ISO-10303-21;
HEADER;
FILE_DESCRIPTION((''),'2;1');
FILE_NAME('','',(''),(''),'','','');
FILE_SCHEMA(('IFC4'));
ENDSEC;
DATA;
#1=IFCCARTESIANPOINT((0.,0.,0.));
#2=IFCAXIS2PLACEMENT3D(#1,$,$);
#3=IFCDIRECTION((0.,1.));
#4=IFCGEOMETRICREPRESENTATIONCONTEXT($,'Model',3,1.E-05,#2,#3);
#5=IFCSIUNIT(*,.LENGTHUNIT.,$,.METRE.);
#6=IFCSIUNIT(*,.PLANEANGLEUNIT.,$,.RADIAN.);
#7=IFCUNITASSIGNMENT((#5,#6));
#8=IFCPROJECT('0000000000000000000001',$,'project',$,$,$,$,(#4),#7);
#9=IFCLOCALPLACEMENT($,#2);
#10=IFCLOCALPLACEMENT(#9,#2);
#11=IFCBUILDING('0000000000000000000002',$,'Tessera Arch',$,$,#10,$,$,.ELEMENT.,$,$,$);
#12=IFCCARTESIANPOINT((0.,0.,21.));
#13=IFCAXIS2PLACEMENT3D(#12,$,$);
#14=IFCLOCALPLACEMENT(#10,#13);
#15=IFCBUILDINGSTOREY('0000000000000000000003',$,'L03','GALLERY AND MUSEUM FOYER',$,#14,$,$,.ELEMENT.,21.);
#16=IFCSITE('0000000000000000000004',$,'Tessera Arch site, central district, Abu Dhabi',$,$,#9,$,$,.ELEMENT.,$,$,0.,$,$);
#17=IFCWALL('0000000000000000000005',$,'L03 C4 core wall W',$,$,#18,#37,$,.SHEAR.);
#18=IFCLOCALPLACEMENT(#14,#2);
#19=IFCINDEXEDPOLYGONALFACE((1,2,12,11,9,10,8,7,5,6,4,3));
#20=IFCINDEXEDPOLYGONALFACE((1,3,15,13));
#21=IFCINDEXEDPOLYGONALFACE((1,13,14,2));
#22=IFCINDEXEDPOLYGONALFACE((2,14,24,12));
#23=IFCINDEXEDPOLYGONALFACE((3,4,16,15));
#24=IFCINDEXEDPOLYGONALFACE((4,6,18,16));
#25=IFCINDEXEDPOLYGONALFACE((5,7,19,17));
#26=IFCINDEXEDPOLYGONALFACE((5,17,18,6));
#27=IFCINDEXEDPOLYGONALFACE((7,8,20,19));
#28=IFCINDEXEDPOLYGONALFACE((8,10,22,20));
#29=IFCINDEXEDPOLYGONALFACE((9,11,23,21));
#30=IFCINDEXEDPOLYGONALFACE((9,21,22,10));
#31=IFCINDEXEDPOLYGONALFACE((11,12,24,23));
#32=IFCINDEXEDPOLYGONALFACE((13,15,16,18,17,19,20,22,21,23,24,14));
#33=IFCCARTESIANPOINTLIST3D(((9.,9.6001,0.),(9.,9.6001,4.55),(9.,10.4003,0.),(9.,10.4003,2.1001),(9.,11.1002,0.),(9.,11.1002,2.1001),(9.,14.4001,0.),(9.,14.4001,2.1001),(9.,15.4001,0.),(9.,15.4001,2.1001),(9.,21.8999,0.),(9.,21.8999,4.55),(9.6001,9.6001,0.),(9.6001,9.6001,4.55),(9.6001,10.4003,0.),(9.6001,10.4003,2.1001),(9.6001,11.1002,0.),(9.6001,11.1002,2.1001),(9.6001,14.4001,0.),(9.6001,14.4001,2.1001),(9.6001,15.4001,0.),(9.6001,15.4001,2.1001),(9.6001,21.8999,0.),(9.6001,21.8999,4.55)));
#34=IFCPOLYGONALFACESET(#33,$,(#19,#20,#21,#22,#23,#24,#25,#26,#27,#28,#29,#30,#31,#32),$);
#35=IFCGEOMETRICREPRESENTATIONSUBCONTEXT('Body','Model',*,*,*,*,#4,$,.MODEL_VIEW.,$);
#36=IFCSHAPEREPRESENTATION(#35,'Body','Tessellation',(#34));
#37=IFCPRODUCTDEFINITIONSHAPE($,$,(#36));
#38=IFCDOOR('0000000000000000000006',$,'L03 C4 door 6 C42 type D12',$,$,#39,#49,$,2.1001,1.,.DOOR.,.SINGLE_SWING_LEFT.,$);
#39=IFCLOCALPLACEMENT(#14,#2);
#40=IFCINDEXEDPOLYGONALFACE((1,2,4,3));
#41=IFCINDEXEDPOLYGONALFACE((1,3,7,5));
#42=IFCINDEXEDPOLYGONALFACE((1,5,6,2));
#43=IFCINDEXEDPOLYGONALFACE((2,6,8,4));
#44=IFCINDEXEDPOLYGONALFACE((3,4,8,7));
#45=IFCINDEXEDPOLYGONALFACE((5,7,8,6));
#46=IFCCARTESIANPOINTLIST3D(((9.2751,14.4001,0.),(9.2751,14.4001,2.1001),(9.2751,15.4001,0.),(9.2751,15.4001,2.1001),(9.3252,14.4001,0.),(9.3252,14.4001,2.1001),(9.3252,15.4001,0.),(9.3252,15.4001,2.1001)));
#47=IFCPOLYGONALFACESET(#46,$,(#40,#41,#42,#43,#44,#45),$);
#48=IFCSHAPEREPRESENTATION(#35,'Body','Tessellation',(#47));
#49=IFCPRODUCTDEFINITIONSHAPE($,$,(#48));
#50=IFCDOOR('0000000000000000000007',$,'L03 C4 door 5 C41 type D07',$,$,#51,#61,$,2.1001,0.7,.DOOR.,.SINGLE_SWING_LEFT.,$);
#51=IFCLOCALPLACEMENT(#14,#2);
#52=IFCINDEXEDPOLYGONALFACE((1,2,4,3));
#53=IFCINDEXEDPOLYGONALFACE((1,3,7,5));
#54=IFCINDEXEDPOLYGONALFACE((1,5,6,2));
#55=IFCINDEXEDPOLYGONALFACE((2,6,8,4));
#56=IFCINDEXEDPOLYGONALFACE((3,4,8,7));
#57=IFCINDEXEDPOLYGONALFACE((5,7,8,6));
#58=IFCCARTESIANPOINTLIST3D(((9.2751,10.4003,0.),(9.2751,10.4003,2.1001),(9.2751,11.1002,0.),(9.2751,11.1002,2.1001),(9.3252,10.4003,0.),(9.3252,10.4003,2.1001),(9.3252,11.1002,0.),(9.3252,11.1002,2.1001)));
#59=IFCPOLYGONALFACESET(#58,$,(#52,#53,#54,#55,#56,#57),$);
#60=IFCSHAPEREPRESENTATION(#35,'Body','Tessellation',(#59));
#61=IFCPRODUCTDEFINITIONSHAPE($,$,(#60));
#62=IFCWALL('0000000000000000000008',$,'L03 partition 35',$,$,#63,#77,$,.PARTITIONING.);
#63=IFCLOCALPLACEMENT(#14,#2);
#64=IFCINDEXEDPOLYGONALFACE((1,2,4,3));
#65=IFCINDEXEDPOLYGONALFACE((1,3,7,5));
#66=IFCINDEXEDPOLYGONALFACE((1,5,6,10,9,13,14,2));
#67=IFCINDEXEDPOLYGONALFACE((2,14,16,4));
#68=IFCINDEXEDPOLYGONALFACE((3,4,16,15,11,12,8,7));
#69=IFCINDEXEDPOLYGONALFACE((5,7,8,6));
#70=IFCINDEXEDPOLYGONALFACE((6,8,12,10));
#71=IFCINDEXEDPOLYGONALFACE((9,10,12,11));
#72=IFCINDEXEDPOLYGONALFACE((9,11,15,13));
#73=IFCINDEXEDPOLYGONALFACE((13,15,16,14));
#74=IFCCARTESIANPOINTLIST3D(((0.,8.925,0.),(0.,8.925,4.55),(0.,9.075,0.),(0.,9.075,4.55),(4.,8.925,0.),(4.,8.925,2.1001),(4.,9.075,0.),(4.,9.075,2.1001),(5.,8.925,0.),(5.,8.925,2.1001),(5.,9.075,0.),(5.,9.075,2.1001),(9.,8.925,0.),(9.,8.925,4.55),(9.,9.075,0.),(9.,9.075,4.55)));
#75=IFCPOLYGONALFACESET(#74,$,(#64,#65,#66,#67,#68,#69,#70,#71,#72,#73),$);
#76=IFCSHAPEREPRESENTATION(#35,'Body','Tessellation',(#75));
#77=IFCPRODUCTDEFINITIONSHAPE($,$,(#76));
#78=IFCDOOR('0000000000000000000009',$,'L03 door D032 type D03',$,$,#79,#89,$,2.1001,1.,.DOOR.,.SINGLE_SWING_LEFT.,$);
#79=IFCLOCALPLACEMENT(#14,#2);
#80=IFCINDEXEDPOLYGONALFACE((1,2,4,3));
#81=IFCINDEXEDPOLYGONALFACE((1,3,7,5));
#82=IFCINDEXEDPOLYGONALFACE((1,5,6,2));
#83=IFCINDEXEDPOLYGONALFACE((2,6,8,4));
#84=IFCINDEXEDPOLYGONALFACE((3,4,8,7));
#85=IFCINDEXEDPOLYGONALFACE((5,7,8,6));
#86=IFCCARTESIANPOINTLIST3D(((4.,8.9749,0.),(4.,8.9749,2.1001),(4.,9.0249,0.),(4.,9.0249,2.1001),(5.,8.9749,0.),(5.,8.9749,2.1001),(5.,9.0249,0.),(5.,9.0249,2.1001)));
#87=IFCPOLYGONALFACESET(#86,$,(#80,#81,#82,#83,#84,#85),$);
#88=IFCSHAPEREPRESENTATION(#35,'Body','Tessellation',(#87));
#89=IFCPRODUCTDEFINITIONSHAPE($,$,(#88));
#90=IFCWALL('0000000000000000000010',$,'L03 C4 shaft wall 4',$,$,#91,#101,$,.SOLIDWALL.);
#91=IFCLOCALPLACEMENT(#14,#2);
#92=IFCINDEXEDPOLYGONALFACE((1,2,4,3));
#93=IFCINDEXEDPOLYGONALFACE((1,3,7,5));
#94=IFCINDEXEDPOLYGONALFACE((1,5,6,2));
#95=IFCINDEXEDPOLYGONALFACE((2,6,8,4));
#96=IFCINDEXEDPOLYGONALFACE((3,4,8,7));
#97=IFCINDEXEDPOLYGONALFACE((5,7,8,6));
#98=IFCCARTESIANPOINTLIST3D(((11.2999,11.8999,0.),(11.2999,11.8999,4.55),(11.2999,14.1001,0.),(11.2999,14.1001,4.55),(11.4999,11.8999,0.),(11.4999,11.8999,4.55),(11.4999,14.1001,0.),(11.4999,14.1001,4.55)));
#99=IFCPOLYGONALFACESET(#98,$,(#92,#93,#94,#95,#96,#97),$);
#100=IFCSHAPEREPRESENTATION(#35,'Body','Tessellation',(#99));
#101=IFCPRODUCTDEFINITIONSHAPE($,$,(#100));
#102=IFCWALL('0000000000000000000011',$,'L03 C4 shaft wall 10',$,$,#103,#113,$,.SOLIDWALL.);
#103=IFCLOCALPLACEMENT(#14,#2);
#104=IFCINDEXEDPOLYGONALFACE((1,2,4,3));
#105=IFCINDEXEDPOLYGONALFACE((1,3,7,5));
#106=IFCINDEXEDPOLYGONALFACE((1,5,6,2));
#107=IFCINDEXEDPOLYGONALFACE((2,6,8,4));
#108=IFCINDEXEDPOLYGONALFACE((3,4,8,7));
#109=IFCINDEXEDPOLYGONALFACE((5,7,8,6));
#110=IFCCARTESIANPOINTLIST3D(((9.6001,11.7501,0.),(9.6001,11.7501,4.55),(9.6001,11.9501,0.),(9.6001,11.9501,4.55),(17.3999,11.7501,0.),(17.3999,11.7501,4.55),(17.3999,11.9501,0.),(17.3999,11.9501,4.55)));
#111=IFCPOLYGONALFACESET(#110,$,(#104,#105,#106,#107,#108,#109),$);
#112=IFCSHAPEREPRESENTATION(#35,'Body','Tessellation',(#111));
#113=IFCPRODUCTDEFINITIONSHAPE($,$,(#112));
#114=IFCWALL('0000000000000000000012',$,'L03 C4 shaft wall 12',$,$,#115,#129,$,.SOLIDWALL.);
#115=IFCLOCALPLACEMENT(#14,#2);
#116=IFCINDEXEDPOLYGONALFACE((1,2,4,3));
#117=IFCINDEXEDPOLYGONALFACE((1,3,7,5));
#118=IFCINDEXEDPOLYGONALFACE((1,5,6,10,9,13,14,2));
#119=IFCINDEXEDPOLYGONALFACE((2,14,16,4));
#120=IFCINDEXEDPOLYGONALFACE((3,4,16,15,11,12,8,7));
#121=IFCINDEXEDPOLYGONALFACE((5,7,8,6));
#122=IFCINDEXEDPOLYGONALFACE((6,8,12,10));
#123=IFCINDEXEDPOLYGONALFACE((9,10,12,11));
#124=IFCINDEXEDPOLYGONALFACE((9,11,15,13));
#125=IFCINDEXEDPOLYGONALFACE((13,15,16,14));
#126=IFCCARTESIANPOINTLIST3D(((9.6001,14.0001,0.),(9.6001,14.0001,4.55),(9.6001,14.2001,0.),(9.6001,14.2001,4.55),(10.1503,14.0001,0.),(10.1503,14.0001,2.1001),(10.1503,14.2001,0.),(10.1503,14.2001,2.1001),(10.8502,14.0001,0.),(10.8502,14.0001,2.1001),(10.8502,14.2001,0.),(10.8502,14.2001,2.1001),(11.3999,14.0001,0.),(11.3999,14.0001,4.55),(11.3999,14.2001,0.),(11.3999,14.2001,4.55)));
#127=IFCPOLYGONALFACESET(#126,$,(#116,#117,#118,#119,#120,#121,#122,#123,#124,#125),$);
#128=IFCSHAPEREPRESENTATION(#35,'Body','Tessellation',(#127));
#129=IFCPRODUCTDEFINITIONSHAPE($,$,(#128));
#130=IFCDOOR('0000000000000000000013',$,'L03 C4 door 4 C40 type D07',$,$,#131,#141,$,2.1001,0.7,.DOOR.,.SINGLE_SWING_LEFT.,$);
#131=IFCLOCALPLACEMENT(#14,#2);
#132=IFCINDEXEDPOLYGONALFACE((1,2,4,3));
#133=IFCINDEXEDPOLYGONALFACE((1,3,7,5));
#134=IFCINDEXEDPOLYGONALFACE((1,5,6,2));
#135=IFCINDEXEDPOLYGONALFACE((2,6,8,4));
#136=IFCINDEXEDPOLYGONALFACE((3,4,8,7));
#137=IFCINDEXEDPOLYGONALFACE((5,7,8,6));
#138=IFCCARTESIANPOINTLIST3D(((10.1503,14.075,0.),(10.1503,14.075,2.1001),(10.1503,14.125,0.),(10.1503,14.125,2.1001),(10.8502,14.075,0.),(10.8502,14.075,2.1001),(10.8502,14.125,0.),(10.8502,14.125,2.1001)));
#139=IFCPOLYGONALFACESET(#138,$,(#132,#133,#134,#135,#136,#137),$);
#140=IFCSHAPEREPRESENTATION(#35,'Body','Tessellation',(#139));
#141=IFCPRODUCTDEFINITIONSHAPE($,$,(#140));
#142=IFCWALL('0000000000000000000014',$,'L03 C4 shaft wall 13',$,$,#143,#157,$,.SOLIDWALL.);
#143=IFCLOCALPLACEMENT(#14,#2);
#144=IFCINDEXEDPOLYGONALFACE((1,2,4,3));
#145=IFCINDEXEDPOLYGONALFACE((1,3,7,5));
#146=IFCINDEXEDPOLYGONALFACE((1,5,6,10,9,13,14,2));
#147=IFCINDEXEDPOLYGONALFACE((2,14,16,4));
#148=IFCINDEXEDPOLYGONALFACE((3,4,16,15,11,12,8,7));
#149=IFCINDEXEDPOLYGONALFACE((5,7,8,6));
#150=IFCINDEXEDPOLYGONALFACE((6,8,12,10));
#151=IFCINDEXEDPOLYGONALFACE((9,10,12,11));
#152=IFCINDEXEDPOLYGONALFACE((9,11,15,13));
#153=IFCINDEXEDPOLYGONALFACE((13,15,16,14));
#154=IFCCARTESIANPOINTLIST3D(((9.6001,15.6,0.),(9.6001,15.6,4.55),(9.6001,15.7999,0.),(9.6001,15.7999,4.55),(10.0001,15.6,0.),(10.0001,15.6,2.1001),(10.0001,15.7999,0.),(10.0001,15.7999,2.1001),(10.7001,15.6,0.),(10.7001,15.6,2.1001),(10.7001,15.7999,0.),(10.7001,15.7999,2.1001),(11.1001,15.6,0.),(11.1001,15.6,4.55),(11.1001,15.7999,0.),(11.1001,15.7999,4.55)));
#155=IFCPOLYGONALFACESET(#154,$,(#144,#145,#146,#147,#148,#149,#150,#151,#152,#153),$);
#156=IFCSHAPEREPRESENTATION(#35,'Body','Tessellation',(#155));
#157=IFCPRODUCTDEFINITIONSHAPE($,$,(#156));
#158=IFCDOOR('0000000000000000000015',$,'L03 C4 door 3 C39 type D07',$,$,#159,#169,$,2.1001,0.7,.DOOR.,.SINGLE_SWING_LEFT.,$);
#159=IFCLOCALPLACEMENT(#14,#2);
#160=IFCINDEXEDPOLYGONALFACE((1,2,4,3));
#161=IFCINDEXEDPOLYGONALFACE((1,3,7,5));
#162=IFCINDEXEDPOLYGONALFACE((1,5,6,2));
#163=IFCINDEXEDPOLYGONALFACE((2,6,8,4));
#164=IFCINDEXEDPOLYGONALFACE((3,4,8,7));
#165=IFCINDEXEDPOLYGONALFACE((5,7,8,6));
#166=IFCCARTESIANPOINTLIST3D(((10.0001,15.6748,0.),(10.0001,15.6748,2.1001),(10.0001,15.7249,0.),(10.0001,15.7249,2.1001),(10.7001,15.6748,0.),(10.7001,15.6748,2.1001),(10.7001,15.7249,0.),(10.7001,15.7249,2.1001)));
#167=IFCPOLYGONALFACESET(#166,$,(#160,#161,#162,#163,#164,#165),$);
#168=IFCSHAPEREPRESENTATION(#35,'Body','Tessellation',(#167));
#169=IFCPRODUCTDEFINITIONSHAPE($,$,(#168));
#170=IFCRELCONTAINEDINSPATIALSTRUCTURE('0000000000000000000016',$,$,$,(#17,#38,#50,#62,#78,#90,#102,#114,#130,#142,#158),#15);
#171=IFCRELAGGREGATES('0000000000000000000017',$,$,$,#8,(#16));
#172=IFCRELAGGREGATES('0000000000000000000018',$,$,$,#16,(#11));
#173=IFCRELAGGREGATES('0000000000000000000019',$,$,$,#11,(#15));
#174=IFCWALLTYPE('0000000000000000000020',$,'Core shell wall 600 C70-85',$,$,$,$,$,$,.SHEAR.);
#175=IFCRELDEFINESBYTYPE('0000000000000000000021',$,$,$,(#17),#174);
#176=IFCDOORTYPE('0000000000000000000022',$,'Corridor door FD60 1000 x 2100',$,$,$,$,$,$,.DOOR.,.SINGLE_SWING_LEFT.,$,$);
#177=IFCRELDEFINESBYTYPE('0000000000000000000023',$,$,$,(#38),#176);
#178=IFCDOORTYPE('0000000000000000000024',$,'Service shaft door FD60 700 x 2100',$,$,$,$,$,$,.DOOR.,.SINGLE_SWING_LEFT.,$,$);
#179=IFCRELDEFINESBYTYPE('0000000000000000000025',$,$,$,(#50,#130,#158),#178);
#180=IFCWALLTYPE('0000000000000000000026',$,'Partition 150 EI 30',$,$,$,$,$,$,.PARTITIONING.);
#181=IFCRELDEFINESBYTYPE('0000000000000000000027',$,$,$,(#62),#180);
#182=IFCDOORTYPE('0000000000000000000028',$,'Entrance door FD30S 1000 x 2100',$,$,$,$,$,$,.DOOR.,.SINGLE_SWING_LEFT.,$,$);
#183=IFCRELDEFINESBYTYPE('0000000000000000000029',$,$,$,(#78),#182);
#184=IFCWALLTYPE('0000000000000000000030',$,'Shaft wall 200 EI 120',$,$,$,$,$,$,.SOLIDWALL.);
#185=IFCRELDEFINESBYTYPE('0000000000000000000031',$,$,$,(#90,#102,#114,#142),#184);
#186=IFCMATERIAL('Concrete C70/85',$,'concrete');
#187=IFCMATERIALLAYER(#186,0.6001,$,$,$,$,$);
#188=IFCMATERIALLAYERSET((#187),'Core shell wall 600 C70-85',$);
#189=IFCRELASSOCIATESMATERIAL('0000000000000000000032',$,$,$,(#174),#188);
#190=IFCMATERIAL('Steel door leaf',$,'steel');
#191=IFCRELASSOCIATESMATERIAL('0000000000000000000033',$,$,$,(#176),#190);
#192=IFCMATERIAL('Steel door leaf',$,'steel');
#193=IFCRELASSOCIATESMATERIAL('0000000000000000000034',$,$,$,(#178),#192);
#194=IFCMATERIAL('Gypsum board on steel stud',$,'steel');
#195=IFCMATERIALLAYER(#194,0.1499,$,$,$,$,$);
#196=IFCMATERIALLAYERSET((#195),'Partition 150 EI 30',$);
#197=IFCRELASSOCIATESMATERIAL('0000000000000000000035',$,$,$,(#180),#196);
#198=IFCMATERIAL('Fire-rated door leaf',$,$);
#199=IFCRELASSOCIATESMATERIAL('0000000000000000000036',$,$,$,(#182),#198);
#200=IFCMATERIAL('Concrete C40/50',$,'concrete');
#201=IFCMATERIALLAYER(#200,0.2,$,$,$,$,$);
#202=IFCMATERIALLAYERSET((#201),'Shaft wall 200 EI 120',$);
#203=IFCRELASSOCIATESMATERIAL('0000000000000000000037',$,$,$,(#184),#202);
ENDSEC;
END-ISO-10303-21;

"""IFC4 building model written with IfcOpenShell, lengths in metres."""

from ifc_helpers import new_model, si_unit, direction, frame, frame_2d, origin, place, context, subcontext, project, spatial, rectangle, extrude, material, layer, layer_set, type_object, element, fill, save


model = new_model("IFC4")

# Units and contexts
model_context = context("Model", 3, precision=1e-05, world=origin(), true_north=direction((0.0, 1.0)))
body_context = subcontext(model_context, "Body", "Model", "MODEL_VIEW")
ifc_project = project(units=[si_unit("LENGTHUNIT", "METRE"), si_unit("PLANEANGLEUNIT", "RADIAN")], contexts=[model_context])

# Site, building, storey
site_placement = place(None, origin())
site = spatial("IfcSite", under=ifc_project, at=site_placement, Name="Tessera Arch site, central district, Abu Dhabi", CompositionType="ELEMENT", RefElevation=0.0)
building_placement = place(site_placement, origin())
building = spatial("IfcBuilding", under=site, at=building_placement, Name="Tessera Arch", CompositionType="ELEMENT")
storey_placement = place(building_placement, frame((0.0, 0.0, 21.0)))
storey = spatial("IfcBuildingStorey", under=building, at=storey_placement, Name="L03", Description="GALLERY AND MUSEUM FOYER", CompositionType="ELEMENT", Elevation=21.0)

# Shared definitions
ifc_material_1 = material(Name="Concrete C70/85", Category="concrete")
ifc_layer_1 = layer(ifc_material_1, 0.6001)
ifc_layer_set_1 = layer_set([ifc_layer_1], Name="Core shell wall 600 C70-85")
wall_type_1 = type_object("IfcWallType", Name="Core shell wall 600 C70-85", PredefinedType="SHEAR", material=ifc_layer_set_1)

# Wall, openings, doors
wall_1_placement = place(storey_placement, frame((9.3, 9.6001, 0.0), z_axis=(0.0, 0.0, 1.0), x_axis=(0.0, 1.0, 0.0)))
wall_1 = element("IfcWall", 1, at=wall_1_placement, inside=storey, type_object=wall_type_1, Name="L03 C4 core wall W", PredefinedType="SHEAR", context=body_context, shape_type="SweptSolid", body=[
    extrude(rectangle(XDim=12.2998, YDim=0.6001, at=frame_2d((6.1499, 0.0))), origin(), (0.0, 0.0, 1.0), 4.55),
])
opening_1_placement = place(wall_1_placement, frame((0.8, 0.0, 0.0)))
opening_1 = element("IfcOpeningElement", 2, at=opening_1_placement, cuts=wall_1, PredefinedType="OPENING", context=body_context, shape_type="SweptSolid", body=[
    extrude(rectangle(XDim=0.7, YDim=2.1001, at=frame_2d((0.3501, 1.05))), frame((0.0, 0.3101, 0.0), z_axis=(0.0, -1.0, 0.0), x_axis=(1.0, 0.0, 0.0)), (0.0, 0.0, 1.0), 0.6201),
])
opening_2_placement = place(wall_1_placement, frame((4.8, 0.0, 0.0)))
opening_2 = element("IfcOpeningElement", 3, at=opening_2_placement, cuts=wall_1, PredefinedType="OPENING", context=body_context, shape_type="SweptSolid", body=[
    extrude(rectangle(XDim=1.0, YDim=2.1001, at=frame_2d((0.5, 1.05))), frame((0.0, 0.3101, 0.0), z_axis=(0.0, -1.0, 0.0), x_axis=(1.0, 0.0, 0.0)), (0.0, 0.0, 1.0), 0.6201),
])
ifc_material_2 = material(Name="Steel door leaf", Category="steel")
door_type_1 = type_object("IfcDoorType", Name="Corridor door FD60 1000 x 2100", OperationType="SINGLE_SWING_LEFT", PredefinedType="DOOR", material=ifc_material_2)
door_1_placement = place(opening_2_placement, origin())
door_1 = element("IfcDoor", 4, at=door_1_placement, inside=storey, type_object=door_type_1, Name="L03 C4 door 6 C42 type D12", OperationType="SINGLE_SWING_LEFT", OverallHeight=2.1001, OverallWidth=1.0, PredefinedType="DOOR", context=body_context, shape_type="SweptSolid", body=[
    extrude(rectangle(XDim=1.0, YDim=2.1001, at=frame_2d((0.5, 1.05))), frame((0.0, 0.0249, 0.0), z_axis=(0.0, -1.0, 0.0), x_axis=(1.0, 0.0, 0.0)), (0.0, 0.0, 1.0), 0.05),
])
fill(opening_2, door_1)
ifc_material_3 = material(Name="Steel door leaf", Category="steel")
door_type_2 = type_object("IfcDoorType", Name="Service shaft door FD60 700 x 2100", OperationType="SINGLE_SWING_LEFT", PredefinedType="DOOR", material=ifc_material_3)
door_2_placement = place(opening_1_placement, origin())
door_2 = element("IfcDoor", 5, at=door_2_placement, inside=storey, type_object=door_type_2, Name="L03 C4 door 5 C41 type D07", OperationType="SINGLE_SWING_LEFT", OverallHeight=2.1001, OverallWidth=0.7, PredefinedType="DOOR", context=body_context, shape_type="SweptSolid", body=[
    extrude(rectangle(XDim=0.7, YDim=2.1001, at=frame_2d((0.3501, 1.05))), frame((0.0, 0.0249, 0.0), z_axis=(0.0, -1.0, 0.0), x_axis=(1.0, 0.0, 0.0)), (0.0, 0.0, 1.0), 0.05),
])
fill(opening_1, door_2)

# Wall, opening, door
ifc_material_4 = material(Name="Gypsum board on steel stud", Category="steel")
ifc_layer_2 = layer(ifc_material_4, 0.1499)
ifc_layer_set_2 = layer_set([ifc_layer_2], Name="Partition 150 EI 30")
wall_type_2 = type_object("IfcWallType", Name="Partition 150 EI 30", PredefinedType="PARTITIONING", material=ifc_layer_set_2)
wall_2_placement = place(storey_placement, frame((0.0, 9.0, 0.0), z_axis=(0.0, 0.0, 1.0), x_axis=(1.0, 0.0, 0.0)))
wall_2 = element("IfcWall", 6, at=wall_2_placement, inside=storey, type_object=wall_type_2, Name="L03 partition 35", PredefinedType="PARTITIONING", context=body_context, shape_type="SweptSolid", body=[
    extrude(rectangle(XDim=9.0, YDim=0.1499, at=frame_2d((4.5, 0.0))), origin(), (0.0, 0.0, 1.0), 4.55),
])
opening_3_placement = place(wall_2_placement, frame((4.0, 0.0, 0.0)))
opening_3 = element("IfcOpeningElement", 7, at=opening_3_placement, cuts=wall_2, PredefinedType="OPENING", context=body_context, shape_type="SweptSolid", body=[
    extrude(rectangle(XDim=1.0, YDim=2.1001, at=frame_2d((0.5, 1.05))), frame((0.0, 0.085, 0.0), z_axis=(0.0, -1.0, 0.0), x_axis=(1.0, 0.0, 0.0)), (0.0, 0.0, 1.0), 0.1699),
])
ifc_material_5 = material(Name="Fire-rated door leaf")
door_type_3 = type_object("IfcDoorType", Name="Entrance door FD30S 1000 x 2100", OperationType="SINGLE_SWING_LEFT", PredefinedType="DOOR", material=ifc_material_5)
door_3_placement = place(opening_3_placement, origin())
door_3 = element("IfcDoor", 8, at=door_3_placement, inside=storey, type_object=door_type_3, Name="L03 door D032 type D03", OperationType="SINGLE_SWING_LEFT", OverallHeight=2.1001, OverallWidth=1.0, PredefinedType="DOOR", context=body_context, shape_type="SweptSolid", body=[
    extrude(rectangle(XDim=1.0, YDim=2.1001, at=frame_2d((0.5, 1.05))), frame((0.0, 0.0249, 0.0), z_axis=(0.0, -1.0, 0.0), x_axis=(1.0, 0.0, 0.0)), (0.0, 0.0, 1.0), 0.05),
])
fill(opening_3, door_3)

# Walls
ifc_material_6 = material(Name="Concrete C40/50", Category="concrete")
ifc_layer_3 = layer(ifc_material_6, 0.2)
ifc_layer_set_3 = layer_set([ifc_layer_3], Name="Shaft wall 200 EI 120")
wall_type_3 = type_object("IfcWallType", Name="Shaft wall 200 EI 120", PredefinedType="SOLIDWALL", material=ifc_layer_set_3)
wall_3_placement = place(storey_placement, frame((11.3999, 11.8999, 0.0), z_axis=(0.0, 0.0, 1.0), x_axis=(0.0, 1.0, 0.0)))
element("IfcWall", 9, at=wall_3_placement, inside=storey, type_object=wall_type_3, Name="L03 C4 shaft wall 4", PredefinedType="SOLIDWALL", context=body_context, shape_type="SweptSolid", body=[
    extrude(rectangle(XDim=2.2002, YDim=0.2, at=frame_2d((1.1001, 0.0))), origin(), (0.0, 0.0, 1.0), 4.55),
])
wall_4_placement = place(storey_placement, frame((9.6001, 11.8501, 0.0), z_axis=(0.0, 0.0, 1.0), x_axis=(1.0, 0.0, 0.0)))
element("IfcWall", 10, at=wall_4_placement, inside=storey, type_object=wall_type_3, Name="L03 C4 shaft wall 10", PredefinedType="SOLIDWALL", context=body_context, shape_type="SweptSolid", body=[
    extrude(rectangle(XDim=7.7998, YDim=0.2, at=frame_2d((3.8999, 0.0))), origin(), (0.0, 0.0, 1.0), 4.55),
])

# Walls, openings, doors
wall_5_placement = place(storey_placement, frame((9.6001, 14.1001, 0.0), z_axis=(0.0, 0.0, 1.0), x_axis=(1.0, 0.0, 0.0)))
wall_5 = element("IfcWall", 11, at=wall_5_placement, inside=storey, type_object=wall_type_3, Name="L03 C4 shaft wall 12", PredefinedType="SOLIDWALL", context=body_context, shape_type="SweptSolid", body=[
    extrude(rectangle(XDim=1.7998, YDim=0.2, at=frame_2d((0.8999, 0.0))), origin(), (0.0, 0.0, 1.0), 4.55),
])
opening_4_placement = place(wall_5_placement, frame((0.55, 0.0, 0.0)))
opening_4 = element("IfcOpeningElement", 12, at=opening_4_placement, cuts=wall_5, PredefinedType="OPENING", context=body_context, shape_type="SweptSolid", body=[
    extrude(rectangle(XDim=0.7, YDim=2.1001, at=frame_2d((0.3501, 1.05))), frame((0.0, 0.1099, 0.0), z_axis=(0.0, -1.0, 0.0), x_axis=(1.0, 0.0, 0.0)), (0.0, 0.0, 1.0), 0.22),
])
door_4_placement = place(opening_4_placement, origin())
door_4 = element("IfcDoor", 13, at=door_4_placement, inside=storey, type_object=door_type_2, Name="L03 C4 door 4 C40 type D07", OperationType="SINGLE_SWING_LEFT", OverallHeight=2.1001, OverallWidth=0.7, PredefinedType="DOOR", context=body_context, shape_type="SweptSolid", body=[
    extrude(rectangle(XDim=0.7, YDim=2.1001, at=frame_2d((0.3501, 1.05))), frame((0.0, 0.0249, 0.0), z_axis=(0.0, -1.0, 0.0), x_axis=(1.0, 0.0, 0.0)), (0.0, 0.0, 1.0), 0.05),
])
fill(opening_4, door_4)
wall_6_placement = place(storey_placement, frame((9.6001, 15.7, 0.0), z_axis=(0.0, 0.0, 1.0), x_axis=(1.0, 0.0, 0.0)))
wall_6 = element("IfcWall", 14, at=wall_6_placement, inside=storey, type_object=wall_type_3, Name="L03 C4 shaft wall 13", PredefinedType="SOLIDWALL", context=body_context, shape_type="SweptSolid", body=[
    extrude(rectangle(XDim=1.5, YDim=0.2, at=frame_2d((0.75, 0.0))), origin(), (0.0, 0.0, 1.0), 4.55),
])
opening_5_placement = place(wall_6_placement, frame((0.3999, 0.0, 0.0)))
opening_5 = element("IfcOpeningElement", 15, at=opening_5_placement, cuts=wall_6, PredefinedType="OPENING", context=body_context, shape_type="SweptSolid", body=[
    extrude(rectangle(XDim=0.7, YDim=2.1001, at=frame_2d((0.3501, 1.05))), frame((0.0, 0.1099, 0.0), z_axis=(0.0, -1.0, 0.0), x_axis=(1.0, 0.0, 0.0)), (0.0, 0.0, 1.0), 0.22),
])
door_5_placement = place(opening_5_placement, origin())
door_5 = element("IfcDoor", 16, at=door_5_placement, inside=storey, type_object=door_type_2, Name="L03 C4 door 3 C39 type D07", OperationType="SINGLE_SWING_LEFT", OverallHeight=2.1001, OverallWidth=0.7, PredefinedType="DOOR", context=body_context, shape_type="SweptSolid", body=[
    extrude(rectangle(XDim=0.7, YDim=2.1001, at=frame_2d((0.3501, 1.05))), frame((0.0, 0.0249, 0.0), z_axis=(0.0, -1.0, 0.0), x_axis=(1.0, 0.0, 0.0)), (0.0, 0.0, 1.0), 0.05),
])
fill(opening_5, door_5)

save(model, "model.ifc")
